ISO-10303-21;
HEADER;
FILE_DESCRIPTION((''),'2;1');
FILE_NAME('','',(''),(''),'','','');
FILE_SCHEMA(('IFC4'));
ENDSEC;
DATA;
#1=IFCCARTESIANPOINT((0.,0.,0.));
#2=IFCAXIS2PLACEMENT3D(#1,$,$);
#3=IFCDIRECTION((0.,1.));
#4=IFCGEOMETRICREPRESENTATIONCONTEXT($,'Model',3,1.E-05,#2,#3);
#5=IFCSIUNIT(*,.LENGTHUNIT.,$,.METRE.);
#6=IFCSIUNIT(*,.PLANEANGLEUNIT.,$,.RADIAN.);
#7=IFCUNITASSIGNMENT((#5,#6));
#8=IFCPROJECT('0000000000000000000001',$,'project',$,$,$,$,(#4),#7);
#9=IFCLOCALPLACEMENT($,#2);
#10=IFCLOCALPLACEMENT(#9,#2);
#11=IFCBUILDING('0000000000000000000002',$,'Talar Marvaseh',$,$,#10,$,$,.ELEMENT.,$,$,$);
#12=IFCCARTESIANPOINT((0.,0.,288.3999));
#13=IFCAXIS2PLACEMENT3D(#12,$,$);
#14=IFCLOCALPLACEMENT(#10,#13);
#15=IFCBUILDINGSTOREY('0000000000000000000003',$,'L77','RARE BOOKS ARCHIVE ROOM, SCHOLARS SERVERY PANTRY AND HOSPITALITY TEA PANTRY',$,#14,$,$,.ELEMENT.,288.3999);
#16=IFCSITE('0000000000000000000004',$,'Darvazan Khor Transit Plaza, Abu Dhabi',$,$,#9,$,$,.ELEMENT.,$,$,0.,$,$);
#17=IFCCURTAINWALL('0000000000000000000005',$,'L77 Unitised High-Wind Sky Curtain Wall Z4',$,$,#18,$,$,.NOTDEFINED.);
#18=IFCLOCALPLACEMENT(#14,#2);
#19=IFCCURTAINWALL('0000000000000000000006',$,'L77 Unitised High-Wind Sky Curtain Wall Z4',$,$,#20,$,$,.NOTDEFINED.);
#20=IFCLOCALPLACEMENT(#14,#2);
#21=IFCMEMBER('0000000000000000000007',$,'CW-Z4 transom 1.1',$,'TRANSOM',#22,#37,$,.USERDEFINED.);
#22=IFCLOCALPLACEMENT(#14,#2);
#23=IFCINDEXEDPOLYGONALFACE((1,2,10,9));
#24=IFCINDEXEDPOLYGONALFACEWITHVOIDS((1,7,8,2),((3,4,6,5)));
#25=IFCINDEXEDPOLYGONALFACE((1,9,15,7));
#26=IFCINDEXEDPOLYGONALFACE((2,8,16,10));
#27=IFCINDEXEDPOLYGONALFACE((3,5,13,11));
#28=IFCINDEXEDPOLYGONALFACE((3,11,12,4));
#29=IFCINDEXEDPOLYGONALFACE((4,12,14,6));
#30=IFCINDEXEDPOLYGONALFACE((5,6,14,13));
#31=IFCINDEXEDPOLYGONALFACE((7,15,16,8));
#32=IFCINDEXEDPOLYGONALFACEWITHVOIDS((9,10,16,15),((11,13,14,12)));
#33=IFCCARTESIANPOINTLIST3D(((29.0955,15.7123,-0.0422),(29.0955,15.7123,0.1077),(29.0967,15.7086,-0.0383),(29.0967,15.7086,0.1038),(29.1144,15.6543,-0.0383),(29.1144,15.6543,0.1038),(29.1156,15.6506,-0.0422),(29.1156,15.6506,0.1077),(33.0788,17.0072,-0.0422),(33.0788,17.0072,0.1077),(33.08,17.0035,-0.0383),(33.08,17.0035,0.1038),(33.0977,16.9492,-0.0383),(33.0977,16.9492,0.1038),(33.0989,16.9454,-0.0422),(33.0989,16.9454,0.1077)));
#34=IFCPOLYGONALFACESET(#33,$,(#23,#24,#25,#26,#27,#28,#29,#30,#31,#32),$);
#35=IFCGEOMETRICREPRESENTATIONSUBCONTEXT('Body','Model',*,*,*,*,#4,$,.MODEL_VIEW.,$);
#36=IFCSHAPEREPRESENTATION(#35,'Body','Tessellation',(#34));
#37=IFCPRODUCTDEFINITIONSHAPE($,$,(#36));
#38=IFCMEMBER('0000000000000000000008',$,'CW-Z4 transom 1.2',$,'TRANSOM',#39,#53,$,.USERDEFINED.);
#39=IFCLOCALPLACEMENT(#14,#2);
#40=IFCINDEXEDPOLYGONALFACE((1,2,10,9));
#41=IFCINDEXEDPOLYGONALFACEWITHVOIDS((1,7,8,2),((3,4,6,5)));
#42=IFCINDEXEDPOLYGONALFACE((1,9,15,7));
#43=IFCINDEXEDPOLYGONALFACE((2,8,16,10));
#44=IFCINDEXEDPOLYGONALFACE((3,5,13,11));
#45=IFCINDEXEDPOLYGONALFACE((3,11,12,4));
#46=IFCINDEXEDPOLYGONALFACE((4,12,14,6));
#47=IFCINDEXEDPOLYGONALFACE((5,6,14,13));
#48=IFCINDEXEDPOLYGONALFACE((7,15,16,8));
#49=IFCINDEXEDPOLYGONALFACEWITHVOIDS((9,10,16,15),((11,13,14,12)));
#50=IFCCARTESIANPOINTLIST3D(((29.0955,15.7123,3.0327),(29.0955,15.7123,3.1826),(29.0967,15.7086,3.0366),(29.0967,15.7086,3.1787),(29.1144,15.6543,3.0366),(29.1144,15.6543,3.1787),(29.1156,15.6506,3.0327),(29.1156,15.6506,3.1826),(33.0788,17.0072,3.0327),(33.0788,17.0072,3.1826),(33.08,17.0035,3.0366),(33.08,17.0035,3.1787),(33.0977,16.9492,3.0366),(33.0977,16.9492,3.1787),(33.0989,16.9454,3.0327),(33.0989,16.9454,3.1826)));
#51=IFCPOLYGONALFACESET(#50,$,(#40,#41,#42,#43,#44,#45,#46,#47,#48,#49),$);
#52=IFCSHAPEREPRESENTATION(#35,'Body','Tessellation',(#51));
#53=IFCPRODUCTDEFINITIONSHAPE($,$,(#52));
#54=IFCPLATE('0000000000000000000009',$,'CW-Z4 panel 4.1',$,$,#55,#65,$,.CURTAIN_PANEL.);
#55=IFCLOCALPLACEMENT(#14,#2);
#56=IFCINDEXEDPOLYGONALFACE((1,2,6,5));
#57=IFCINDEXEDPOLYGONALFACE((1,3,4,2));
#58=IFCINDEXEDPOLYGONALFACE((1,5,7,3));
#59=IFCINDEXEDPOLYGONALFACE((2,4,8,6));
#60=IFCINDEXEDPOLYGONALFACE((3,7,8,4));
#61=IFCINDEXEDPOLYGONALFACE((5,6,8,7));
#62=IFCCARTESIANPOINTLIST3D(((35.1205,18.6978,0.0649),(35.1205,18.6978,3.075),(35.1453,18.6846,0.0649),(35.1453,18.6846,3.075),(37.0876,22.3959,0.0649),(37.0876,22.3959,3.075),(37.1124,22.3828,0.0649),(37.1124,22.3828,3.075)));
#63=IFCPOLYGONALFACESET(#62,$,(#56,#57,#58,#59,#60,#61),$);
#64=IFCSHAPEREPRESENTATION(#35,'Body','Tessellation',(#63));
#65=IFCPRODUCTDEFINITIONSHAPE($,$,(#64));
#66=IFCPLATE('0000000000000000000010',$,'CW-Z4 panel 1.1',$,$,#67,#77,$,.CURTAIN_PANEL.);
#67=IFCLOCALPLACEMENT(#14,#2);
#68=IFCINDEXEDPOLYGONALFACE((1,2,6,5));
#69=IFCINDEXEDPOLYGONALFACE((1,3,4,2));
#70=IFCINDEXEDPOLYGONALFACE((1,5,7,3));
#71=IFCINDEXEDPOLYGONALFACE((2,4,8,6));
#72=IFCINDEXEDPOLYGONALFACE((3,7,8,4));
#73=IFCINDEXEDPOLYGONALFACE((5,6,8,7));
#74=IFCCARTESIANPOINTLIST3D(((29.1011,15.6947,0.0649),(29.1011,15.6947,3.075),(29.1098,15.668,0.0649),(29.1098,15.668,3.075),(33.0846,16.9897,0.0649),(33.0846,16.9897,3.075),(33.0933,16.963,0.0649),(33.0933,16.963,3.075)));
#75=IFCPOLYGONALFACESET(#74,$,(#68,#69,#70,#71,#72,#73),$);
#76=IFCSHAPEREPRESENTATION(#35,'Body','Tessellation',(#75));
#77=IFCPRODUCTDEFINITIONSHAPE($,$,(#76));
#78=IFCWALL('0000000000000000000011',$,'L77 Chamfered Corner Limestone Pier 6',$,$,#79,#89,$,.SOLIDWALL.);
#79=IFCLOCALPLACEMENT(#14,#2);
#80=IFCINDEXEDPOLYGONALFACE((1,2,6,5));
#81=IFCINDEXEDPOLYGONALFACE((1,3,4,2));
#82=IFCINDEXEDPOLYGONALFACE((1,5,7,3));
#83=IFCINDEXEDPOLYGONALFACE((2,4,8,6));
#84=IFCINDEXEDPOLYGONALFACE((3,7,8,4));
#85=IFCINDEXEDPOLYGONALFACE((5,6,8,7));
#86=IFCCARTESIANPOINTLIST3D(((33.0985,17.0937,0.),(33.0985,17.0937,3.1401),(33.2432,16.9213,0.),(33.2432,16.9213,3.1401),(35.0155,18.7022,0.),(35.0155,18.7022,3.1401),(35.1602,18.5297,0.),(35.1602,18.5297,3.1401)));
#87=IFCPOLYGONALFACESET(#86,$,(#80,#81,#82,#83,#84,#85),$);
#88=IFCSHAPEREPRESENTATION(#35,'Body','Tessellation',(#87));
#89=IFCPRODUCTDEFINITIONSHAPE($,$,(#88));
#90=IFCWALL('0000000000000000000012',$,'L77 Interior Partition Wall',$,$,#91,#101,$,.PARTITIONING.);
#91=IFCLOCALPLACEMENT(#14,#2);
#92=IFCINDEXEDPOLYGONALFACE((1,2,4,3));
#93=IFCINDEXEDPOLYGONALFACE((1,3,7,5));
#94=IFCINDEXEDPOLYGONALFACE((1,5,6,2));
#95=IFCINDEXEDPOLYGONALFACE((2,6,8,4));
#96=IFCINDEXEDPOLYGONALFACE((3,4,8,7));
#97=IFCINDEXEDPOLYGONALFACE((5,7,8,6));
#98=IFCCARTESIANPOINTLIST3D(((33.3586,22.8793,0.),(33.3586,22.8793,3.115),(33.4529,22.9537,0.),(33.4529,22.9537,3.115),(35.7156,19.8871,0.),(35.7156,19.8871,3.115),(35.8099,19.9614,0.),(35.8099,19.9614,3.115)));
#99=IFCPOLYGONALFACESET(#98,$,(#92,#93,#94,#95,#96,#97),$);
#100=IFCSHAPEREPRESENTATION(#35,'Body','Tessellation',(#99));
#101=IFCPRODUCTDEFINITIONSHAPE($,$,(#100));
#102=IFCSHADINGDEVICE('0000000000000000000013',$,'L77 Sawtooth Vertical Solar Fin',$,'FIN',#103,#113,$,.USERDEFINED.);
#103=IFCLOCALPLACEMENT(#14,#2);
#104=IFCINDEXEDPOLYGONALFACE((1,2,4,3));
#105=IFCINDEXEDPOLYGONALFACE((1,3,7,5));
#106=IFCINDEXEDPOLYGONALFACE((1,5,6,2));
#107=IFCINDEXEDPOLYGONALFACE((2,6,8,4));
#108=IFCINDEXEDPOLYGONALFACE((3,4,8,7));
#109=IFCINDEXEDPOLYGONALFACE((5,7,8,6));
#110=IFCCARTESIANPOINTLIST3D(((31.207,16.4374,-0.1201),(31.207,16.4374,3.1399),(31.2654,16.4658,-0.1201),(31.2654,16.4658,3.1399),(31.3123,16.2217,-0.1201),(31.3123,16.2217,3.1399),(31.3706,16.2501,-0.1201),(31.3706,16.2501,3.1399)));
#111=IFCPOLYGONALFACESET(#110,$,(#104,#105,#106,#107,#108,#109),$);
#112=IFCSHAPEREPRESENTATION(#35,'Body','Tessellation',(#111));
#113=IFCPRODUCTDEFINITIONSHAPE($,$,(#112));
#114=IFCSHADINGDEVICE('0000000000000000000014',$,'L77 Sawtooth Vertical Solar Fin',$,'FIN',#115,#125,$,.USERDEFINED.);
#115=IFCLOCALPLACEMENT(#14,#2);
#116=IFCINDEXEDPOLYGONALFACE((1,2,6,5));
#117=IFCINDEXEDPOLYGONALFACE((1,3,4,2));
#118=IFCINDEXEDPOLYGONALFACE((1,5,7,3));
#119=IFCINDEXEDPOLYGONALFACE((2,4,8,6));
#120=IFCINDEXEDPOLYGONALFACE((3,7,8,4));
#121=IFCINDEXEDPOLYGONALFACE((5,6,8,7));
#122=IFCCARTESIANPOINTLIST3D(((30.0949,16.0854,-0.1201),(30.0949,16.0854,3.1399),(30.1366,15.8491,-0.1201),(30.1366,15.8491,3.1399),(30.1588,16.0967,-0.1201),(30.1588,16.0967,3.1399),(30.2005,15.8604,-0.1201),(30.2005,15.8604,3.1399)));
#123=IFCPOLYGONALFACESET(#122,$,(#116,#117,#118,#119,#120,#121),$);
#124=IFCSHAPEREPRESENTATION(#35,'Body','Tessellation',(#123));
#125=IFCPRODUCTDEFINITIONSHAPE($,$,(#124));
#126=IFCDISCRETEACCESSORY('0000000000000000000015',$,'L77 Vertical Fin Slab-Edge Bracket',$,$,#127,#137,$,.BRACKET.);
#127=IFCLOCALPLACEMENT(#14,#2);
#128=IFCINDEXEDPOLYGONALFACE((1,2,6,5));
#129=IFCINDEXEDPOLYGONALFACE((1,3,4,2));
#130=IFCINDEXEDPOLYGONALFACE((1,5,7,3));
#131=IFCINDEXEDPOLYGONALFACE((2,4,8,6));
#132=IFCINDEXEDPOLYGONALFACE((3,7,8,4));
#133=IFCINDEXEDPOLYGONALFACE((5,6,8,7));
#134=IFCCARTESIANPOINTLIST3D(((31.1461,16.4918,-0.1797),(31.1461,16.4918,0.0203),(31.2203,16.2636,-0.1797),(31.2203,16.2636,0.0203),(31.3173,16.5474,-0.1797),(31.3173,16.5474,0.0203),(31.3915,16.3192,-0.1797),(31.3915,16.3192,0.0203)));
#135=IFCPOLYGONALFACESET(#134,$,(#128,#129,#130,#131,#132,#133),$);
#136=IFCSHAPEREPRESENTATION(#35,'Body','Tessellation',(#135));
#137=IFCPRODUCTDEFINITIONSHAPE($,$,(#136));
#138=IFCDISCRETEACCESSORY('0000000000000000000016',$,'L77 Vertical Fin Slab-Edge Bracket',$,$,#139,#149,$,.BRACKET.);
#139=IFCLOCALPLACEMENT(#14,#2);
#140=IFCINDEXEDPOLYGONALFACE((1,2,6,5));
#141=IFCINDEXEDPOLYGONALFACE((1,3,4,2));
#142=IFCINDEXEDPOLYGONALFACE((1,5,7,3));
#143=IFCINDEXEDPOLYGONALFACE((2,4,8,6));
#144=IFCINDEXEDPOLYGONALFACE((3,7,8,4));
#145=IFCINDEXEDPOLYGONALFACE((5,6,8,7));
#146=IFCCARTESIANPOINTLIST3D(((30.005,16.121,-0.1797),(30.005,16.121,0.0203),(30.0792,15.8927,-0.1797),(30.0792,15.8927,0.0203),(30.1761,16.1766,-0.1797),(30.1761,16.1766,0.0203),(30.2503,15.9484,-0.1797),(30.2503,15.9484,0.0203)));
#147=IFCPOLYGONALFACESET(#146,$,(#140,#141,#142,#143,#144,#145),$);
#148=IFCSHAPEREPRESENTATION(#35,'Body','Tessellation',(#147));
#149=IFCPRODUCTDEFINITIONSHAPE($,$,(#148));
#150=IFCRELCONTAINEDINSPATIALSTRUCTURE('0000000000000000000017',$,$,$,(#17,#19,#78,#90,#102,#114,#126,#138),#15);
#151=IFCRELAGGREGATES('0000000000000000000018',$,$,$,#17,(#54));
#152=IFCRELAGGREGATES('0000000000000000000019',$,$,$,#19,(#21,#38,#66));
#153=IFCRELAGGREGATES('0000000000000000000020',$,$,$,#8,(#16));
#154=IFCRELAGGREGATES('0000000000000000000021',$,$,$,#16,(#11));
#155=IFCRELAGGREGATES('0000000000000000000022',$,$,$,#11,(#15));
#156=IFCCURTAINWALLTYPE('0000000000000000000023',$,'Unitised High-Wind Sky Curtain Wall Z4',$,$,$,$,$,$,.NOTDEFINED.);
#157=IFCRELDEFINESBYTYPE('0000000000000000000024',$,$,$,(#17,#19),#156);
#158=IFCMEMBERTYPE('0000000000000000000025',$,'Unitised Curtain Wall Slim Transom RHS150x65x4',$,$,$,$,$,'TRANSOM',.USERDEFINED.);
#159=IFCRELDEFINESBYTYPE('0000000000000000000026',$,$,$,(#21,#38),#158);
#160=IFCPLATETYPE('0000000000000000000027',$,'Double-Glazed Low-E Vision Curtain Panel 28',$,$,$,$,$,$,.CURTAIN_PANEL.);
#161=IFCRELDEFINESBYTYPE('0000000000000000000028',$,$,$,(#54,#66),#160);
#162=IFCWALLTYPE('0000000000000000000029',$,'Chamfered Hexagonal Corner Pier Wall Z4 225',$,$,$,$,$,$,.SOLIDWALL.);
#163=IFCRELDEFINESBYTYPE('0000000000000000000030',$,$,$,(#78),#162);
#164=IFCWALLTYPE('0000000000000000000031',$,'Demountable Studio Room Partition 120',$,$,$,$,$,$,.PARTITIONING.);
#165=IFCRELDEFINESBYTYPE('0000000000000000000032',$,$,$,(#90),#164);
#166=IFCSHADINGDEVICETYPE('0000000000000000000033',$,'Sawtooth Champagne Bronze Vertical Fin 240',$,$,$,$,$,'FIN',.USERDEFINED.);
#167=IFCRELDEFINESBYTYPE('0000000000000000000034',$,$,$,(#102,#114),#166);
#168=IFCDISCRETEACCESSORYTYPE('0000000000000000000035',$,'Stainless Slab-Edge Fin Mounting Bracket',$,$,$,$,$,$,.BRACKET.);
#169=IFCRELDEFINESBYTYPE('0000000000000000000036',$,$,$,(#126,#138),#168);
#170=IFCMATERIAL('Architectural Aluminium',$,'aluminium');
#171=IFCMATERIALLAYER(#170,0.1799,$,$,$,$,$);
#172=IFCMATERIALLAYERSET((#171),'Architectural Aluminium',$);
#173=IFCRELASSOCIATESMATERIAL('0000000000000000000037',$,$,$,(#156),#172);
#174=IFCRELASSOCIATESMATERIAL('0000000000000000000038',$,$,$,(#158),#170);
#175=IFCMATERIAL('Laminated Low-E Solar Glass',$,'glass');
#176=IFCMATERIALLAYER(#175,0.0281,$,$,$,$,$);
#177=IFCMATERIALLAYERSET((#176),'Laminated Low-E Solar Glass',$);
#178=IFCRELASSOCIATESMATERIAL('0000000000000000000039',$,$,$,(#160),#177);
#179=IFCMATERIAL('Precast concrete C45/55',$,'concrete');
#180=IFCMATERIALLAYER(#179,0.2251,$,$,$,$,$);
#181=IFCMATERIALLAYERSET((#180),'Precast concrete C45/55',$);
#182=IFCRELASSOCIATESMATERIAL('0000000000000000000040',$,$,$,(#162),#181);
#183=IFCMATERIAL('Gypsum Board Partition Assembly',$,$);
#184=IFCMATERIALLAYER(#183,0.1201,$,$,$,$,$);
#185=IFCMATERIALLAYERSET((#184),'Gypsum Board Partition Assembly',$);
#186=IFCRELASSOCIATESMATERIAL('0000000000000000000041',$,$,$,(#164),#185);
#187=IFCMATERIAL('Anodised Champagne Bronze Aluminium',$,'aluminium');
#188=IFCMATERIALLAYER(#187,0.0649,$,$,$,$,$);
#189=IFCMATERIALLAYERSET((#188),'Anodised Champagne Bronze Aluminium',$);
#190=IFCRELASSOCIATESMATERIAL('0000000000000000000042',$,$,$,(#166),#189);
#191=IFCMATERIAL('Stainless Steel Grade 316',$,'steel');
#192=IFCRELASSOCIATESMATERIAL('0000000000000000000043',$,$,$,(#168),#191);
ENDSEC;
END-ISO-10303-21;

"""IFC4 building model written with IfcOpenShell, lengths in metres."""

from ifc_helpers import new_model, si_unit, direction, frame, frame_2d, origin, origin_2d, place, context, subcontext, project, spatial, rectangle, hollow_rectangle, extrude, source, transform, mapped, material, layer, layer_set, material_profile, profile_set, type_object, type_shapes, element, aggregate, save


model = new_model("IFC4")

# Units and contexts
model_context = context("Model", 3, precision=1e-05, world=origin(), true_north=direction((0.0, 1.0)))
body_context = subcontext(model_context, "Body", "Model", "MODEL_VIEW")
ifc_project = project(units=[si_unit("LENGTHUNIT", "METRE"), si_unit("PLANEANGLEUNIT", "RADIAN")], contexts=[model_context])

# Site, building, storey
site_placement = place(None, origin())
site = spatial("IfcSite", under=ifc_project, at=site_placement, Name="Darvazan Khor Transit Plaza, Abu Dhabi", CompositionType="ELEMENT", RefElevation=0.0)
building_placement = place(site_placement, origin())
building = spatial("IfcBuilding", under=site, at=building_placement, Name="Talar Marvaseh", CompositionType="ELEMENT")
storey_placement = place(building_placement, frame((0.0, 0.0, 288.3999)))
storey = spatial("IfcBuildingStorey", under=building, at=storey_placement, Name="L77", Description="RARE BOOKS ARCHIVE ROOM, SCHOLARS SERVERY PANTRY AND HOSPITALITY TEA PANTRY", CompositionType="ELEMENT", Elevation=288.3999)

# Curtain walls, members
ifc_material_1 = material(Name="Architectural Aluminium", Category="aluminium")
ifc_layer_1 = layer(ifc_material_1, 0.1799)
ifc_layer_set_1 = layer_set([ifc_layer_1], Name="Architectural Aluminium")
curtain_wall_type = type_object("IfcCurtainWallType", Name="Unitised High-Wind Sky Curtain Wall Z4", PredefinedType="NOTDEFINED", material=ifc_layer_set_1)
curtain_wall_1_placement = place(storey_placement, origin())
curtain_wall_1 = element("IfcCurtainWall", 1, at=curtain_wall_1_placement, inside=storey, type_object=curtain_wall_type, Name="L77 Unitised High-Wind Sky Curtain Wall Z4", PredefinedType="NOTDEFINED")
ifc_material_profile_1 = material_profile(ifc_material_1, hollow_rectangle(XDim=0.0649, YDim=0.1499, WallThickness=0.0039, at=origin_2d()), Name="RHS150x65x4")
ifc_profile_set_1 = profile_set([ifc_material_profile_1], Name="Architectural Aluminium")
member_type_1 = type_object("IfcMemberType", Name="Unitised Curtain Wall Slim Transom RHS150x65x4", ElementType="TRANSOM", PredefinedType="USERDEFINED", material=ifc_profile_set_1)
curtain_wall_2_placement = place(storey_placement, origin())
curtain_wall_2 = element("IfcCurtainWall", 2, at=curtain_wall_2_placement, inside=storey, type_object=curtain_wall_type, Name="L77 Unitised High-Wind Sky Curtain Wall Z4", PredefinedType="NOTDEFINED")
shared_shape_1 = source(origin(), body_context, "Body", "SweptSolid", [
    extrude(hollow_rectangle(XDim=0.0649, YDim=0.1499, WallThickness=0.0039, at=origin_2d()), origin(), (0.0, 0.0, 1.0), 4.1885),
])
member_1_placement = place(storey_placement, frame((33.0889, 16.9763, 0.0327), z_axis=(-0.951012, -0.309155, 0.0), x_axis=(0.309155, -0.951012, 0.0)))
member_1 = element("IfcMember", 3, at=member_1_placement, type_object=member_type_1, Name="CW-Z4 transom 1.1", ObjectType="TRANSOM", PredefinedType="USERDEFINED", context=body_context, shape_type="MappedRepresentation", body=[
    mapped(shared_shape_1, transform((0.0, 0.0, 0.0), x_axis=(1.0, 0.0, 0.0), y_axis=(0.0, 1.0, 0.0), z_axis=(0.0, 0.0, 1.0), scale=1.0)),
])
member_2_placement = place(storey_placement, frame((33.0889, 16.9763, 3.1077), z_axis=(-0.951012, -0.309155, 0.0), x_axis=(0.309155, -0.951012, 0.0)))
member_2 = element("IfcMember", 4, at=member_2_placement, type_object=member_type_1, Name="CW-Z4 transom 1.2", ObjectType="TRANSOM", PredefinedType="USERDEFINED", context=body_context, shape_type="MappedRepresentation", body=[
    mapped(shared_shape_1, transform((0.0, 0.0, 0.0), x_axis=(1.0, 0.0, 0.0), y_axis=(0.0, 1.0, 0.0), z_axis=(0.0, 0.0, 1.0), scale=1.0)),
])

# Plates
ifc_material_2 = material(Name="Laminated Low-E Solar Glass", Category="glass")
ifc_layer_2 = layer(ifc_material_2, 0.0281)
ifc_layer_set_2 = layer_set([ifc_layer_2], Name="Laminated Low-E Solar Glass")
plate_type = type_object("IfcPlateType", Name="Double-Glazed Low-E Vision Curtain Panel 28", PredefinedType="CURTAIN_PANEL", material=ifc_layer_set_2)
shared_shape_2 = source(origin(), body_context, "Body", "SweptSolid", [
    extrude(rectangle(XDim=4.1887, YDim=0.0281, at=origin_2d()), origin(), (0.0, 0.0, 1.0), 3.01),
])
type_shapes(plate_type, [shared_shape_2])
plate_1_placement = place(storey_placement, frame((36.1165, 20.5403, 0.0649), z_axis=(0.0, 0.0, 1.0), x_axis=(-0.469604, -0.882877, 0.0)))
plate_1 = element("IfcPlate", 5, at=plate_1_placement, type_object=plate_type, Name="CW-Z4 panel 4.1", PredefinedType="CURTAIN_PANEL", context=body_context, shape_type="MappedRepresentation", body=[
    mapped(shared_shape_2, transform((0.0, 0.0, 0.0), x_axis=(1.0, 0.0, 0.0), y_axis=(0.0, 1.0, 0.0), z_axis=(0.0, 0.0, 1.0), scale=1.0)),
])
aggregate(curtain_wall_1, [plate_1])
plate_2_placement = place(storey_placement, frame((31.0972, 16.3289, 0.0649), z_axis=(0.0, 0.0, 1.0), x_axis=(-0.951009, -0.309162, 0.0)))
plate_2 = element("IfcPlate", 6, at=plate_2_placement, type_object=plate_type, Name="CW-Z4 panel 1.1", PredefinedType="CURTAIN_PANEL", context=body_context, shape_type="MappedRepresentation", body=[
    mapped(shared_shape_2, transform((0.0, 0.0, 0.0), x_axis=(1.0, 0.0, 0.0), y_axis=(0.0, 1.0, 0.0), z_axis=(0.0, 0.0, 1.0), scale=1.0)),
])
aggregate(curtain_wall_2, [member_1, member_2, plate_2])

# Walls
ifc_material_3 = material(Name="Precast concrete C45/55", Category="concrete")
ifc_layer_3 = layer(ifc_material_3, 0.2251)
ifc_layer_set_3 = layer_set([ifc_layer_3], Name="Precast concrete C45/55")
wall_type_1 = type_object("IfcWallType", Name="Chamfered Hexagonal Corner Pier Wall Z4 225", PredefinedType="SOLIDWALL", material=ifc_layer_set_3)
wall_1_placement = place(storey_placement, frame((35.0879, 18.616, 0.0), z_axis=(0.0, 0.0, 1.0), x_axis=(-0.766074, -0.642753, 0.0)))
element("IfcWall", 7, at=wall_1_placement, inside=storey, type_object=wall_type_1, Name="L77 Chamfered Corner Limestone Pier 6", PredefinedType="SOLIDWALL", context=body_context, shape_type="SweptSolid", body=[
    extrude(rectangle(XDim=2.5024, YDim=0.2251, at=frame_2d((1.2512, 0.0))), origin(), (0.0, 0.0, 1.0), 3.1401),
])
ifc_material_4 = material(Name="Gypsum Board Partition Assembly")
ifc_layer_4 = layer(ifc_material_4, 0.1201)
ifc_layer_set_4 = layer_set([ifc_layer_4], Name="Gypsum Board Partition Assembly")
wall_type_2 = type_object("IfcWallType", Name="Demountable Studio Room Partition 120", PredefinedType="PARTITIONING", material=ifc_layer_set_4)
wall_2_placement = place(storey_placement, frame((33.4058, 22.9165, 0.0), z_axis=(0.0, 0.0, 1.0), x_axis=(0.618784, -0.785562, 0.0)))
element("IfcWall", 8, at=wall_2_placement, inside=storey, type_object=wall_type_2, Name="L77 Interior Partition Wall", PredefinedType="PARTITIONING", context=body_context, shape_type="SweptSolid", body=[
    extrude(rectangle(XDim=3.8091, YDim=0.1201, at=frame_2d((1.9045, 0.0))), origin(), (0.0, 0.0, 1.0), 3.115),
])

# Shading devices
ifc_material_5 = material(Name="Anodised Champagne Bronze Aluminium", Category="aluminium")
ifc_layer_5 = layer(ifc_material_5, 0.0649)
ifc_layer_set_5 = layer_set([ifc_layer_5], Name="Anodised Champagne Bronze Aluminium")
shading_device_type = type_object("IfcShadingDeviceType", Name="Sawtooth Champagne Bronze Vertical Fin 240", ElementType="FIN", PredefinedType="USERDEFINED", material=ifc_layer_set_5)
shared_shape_3 = source(origin(), body_context, "Body", "SweptSolid", [
    extrude(rectangle(XDim=0.24, YDim=0.0649, at=origin_2d()), origin(), (0.0, 0.0, 1.0), 3.26),
])
type_shapes(shading_device_type, [shared_shape_3])
for number, where, z_axis, x_axis, name in (
    (9, (31.2888, 16.3438, -0.1201), (0.0, 0.0, 1.0), (0.438528, -0.898718, 0.0), "L77 Sawtooth Vertical Solar Fin"),
    (10, (30.1477, 15.9729, -0.1201), (0.0, 0.0, 1.0), (0.17382, -0.984777, 0.0), "L77 Sawtooth Vertical Solar Fin"),
):
    element("IfcShadingDevice", number, at=place(storey_placement, frame(where, z_axis=z_axis, x_axis=x_axis)), inside=storey, type_object=shading_device_type, Name=name, ObjectType="FIN", PredefinedType="USERDEFINED", context=body_context, shape_type="MappedRepresentation", body=[
        mapped(shared_shape_3, transform((0.0, 0.0, 0.0), x_axis=(1.0, 0.0, 0.0), y_axis=(0.0, 1.0, 0.0), z_axis=(0.0, 0.0, 1.0), scale=1.0)),
    ])

# Discrete accessories
ifc_material_6 = material(Name="Stainless Steel Grade 316", Category="steel")
discrete_accessory_type = type_object("IfcDiscreteAccessoryType", Name="Stainless Slab-Edge Fin Mounting Bracket", PredefinedType="BRACKET", material=ifc_material_6)
shared_shape_4 = source(origin(), body_context, "Body", "SweptSolid", [
    extrude(rectangle(XDim=0.24, YDim=0.1799, at=origin_2d()), origin(), (0.0, 0.0, 1.0), 0.2),
])
type_shapes(discrete_accessory_type, [shared_shape_4])
for number, where, z_axis, x_axis, name in (
    (11, (31.2688, 16.4055, -0.1797), (0.0, 0.0, 1.0), (0.309183, -0.951003, 0.0), "L77 Vertical Fin Slab-Edge Bracket"),
    (12, (30.1277, 16.0347, -0.1797), (0.0, 0.0, 1.0), (0.309183, -0.951003, 0.0), "L77 Vertical Fin Slab-Edge Bracket"),
):
    element("IfcDiscreteAccessory", number, at=place(storey_placement, frame(where, z_axis=z_axis, x_axis=x_axis)), inside=storey, type_object=discrete_accessory_type, Name=name, PredefinedType="BRACKET", context=body_context, shape_type="MappedRepresentation", body=[
        mapped(shared_shape_4, transform((0.0, 0.0, 0.0), x_axis=(1.0, 0.0, 0.0), y_axis=(0.0, 1.0, 0.0), z_axis=(0.0, 0.0, 1.0), scale=1.0)),
    ])

save(model, "model.ifc")
